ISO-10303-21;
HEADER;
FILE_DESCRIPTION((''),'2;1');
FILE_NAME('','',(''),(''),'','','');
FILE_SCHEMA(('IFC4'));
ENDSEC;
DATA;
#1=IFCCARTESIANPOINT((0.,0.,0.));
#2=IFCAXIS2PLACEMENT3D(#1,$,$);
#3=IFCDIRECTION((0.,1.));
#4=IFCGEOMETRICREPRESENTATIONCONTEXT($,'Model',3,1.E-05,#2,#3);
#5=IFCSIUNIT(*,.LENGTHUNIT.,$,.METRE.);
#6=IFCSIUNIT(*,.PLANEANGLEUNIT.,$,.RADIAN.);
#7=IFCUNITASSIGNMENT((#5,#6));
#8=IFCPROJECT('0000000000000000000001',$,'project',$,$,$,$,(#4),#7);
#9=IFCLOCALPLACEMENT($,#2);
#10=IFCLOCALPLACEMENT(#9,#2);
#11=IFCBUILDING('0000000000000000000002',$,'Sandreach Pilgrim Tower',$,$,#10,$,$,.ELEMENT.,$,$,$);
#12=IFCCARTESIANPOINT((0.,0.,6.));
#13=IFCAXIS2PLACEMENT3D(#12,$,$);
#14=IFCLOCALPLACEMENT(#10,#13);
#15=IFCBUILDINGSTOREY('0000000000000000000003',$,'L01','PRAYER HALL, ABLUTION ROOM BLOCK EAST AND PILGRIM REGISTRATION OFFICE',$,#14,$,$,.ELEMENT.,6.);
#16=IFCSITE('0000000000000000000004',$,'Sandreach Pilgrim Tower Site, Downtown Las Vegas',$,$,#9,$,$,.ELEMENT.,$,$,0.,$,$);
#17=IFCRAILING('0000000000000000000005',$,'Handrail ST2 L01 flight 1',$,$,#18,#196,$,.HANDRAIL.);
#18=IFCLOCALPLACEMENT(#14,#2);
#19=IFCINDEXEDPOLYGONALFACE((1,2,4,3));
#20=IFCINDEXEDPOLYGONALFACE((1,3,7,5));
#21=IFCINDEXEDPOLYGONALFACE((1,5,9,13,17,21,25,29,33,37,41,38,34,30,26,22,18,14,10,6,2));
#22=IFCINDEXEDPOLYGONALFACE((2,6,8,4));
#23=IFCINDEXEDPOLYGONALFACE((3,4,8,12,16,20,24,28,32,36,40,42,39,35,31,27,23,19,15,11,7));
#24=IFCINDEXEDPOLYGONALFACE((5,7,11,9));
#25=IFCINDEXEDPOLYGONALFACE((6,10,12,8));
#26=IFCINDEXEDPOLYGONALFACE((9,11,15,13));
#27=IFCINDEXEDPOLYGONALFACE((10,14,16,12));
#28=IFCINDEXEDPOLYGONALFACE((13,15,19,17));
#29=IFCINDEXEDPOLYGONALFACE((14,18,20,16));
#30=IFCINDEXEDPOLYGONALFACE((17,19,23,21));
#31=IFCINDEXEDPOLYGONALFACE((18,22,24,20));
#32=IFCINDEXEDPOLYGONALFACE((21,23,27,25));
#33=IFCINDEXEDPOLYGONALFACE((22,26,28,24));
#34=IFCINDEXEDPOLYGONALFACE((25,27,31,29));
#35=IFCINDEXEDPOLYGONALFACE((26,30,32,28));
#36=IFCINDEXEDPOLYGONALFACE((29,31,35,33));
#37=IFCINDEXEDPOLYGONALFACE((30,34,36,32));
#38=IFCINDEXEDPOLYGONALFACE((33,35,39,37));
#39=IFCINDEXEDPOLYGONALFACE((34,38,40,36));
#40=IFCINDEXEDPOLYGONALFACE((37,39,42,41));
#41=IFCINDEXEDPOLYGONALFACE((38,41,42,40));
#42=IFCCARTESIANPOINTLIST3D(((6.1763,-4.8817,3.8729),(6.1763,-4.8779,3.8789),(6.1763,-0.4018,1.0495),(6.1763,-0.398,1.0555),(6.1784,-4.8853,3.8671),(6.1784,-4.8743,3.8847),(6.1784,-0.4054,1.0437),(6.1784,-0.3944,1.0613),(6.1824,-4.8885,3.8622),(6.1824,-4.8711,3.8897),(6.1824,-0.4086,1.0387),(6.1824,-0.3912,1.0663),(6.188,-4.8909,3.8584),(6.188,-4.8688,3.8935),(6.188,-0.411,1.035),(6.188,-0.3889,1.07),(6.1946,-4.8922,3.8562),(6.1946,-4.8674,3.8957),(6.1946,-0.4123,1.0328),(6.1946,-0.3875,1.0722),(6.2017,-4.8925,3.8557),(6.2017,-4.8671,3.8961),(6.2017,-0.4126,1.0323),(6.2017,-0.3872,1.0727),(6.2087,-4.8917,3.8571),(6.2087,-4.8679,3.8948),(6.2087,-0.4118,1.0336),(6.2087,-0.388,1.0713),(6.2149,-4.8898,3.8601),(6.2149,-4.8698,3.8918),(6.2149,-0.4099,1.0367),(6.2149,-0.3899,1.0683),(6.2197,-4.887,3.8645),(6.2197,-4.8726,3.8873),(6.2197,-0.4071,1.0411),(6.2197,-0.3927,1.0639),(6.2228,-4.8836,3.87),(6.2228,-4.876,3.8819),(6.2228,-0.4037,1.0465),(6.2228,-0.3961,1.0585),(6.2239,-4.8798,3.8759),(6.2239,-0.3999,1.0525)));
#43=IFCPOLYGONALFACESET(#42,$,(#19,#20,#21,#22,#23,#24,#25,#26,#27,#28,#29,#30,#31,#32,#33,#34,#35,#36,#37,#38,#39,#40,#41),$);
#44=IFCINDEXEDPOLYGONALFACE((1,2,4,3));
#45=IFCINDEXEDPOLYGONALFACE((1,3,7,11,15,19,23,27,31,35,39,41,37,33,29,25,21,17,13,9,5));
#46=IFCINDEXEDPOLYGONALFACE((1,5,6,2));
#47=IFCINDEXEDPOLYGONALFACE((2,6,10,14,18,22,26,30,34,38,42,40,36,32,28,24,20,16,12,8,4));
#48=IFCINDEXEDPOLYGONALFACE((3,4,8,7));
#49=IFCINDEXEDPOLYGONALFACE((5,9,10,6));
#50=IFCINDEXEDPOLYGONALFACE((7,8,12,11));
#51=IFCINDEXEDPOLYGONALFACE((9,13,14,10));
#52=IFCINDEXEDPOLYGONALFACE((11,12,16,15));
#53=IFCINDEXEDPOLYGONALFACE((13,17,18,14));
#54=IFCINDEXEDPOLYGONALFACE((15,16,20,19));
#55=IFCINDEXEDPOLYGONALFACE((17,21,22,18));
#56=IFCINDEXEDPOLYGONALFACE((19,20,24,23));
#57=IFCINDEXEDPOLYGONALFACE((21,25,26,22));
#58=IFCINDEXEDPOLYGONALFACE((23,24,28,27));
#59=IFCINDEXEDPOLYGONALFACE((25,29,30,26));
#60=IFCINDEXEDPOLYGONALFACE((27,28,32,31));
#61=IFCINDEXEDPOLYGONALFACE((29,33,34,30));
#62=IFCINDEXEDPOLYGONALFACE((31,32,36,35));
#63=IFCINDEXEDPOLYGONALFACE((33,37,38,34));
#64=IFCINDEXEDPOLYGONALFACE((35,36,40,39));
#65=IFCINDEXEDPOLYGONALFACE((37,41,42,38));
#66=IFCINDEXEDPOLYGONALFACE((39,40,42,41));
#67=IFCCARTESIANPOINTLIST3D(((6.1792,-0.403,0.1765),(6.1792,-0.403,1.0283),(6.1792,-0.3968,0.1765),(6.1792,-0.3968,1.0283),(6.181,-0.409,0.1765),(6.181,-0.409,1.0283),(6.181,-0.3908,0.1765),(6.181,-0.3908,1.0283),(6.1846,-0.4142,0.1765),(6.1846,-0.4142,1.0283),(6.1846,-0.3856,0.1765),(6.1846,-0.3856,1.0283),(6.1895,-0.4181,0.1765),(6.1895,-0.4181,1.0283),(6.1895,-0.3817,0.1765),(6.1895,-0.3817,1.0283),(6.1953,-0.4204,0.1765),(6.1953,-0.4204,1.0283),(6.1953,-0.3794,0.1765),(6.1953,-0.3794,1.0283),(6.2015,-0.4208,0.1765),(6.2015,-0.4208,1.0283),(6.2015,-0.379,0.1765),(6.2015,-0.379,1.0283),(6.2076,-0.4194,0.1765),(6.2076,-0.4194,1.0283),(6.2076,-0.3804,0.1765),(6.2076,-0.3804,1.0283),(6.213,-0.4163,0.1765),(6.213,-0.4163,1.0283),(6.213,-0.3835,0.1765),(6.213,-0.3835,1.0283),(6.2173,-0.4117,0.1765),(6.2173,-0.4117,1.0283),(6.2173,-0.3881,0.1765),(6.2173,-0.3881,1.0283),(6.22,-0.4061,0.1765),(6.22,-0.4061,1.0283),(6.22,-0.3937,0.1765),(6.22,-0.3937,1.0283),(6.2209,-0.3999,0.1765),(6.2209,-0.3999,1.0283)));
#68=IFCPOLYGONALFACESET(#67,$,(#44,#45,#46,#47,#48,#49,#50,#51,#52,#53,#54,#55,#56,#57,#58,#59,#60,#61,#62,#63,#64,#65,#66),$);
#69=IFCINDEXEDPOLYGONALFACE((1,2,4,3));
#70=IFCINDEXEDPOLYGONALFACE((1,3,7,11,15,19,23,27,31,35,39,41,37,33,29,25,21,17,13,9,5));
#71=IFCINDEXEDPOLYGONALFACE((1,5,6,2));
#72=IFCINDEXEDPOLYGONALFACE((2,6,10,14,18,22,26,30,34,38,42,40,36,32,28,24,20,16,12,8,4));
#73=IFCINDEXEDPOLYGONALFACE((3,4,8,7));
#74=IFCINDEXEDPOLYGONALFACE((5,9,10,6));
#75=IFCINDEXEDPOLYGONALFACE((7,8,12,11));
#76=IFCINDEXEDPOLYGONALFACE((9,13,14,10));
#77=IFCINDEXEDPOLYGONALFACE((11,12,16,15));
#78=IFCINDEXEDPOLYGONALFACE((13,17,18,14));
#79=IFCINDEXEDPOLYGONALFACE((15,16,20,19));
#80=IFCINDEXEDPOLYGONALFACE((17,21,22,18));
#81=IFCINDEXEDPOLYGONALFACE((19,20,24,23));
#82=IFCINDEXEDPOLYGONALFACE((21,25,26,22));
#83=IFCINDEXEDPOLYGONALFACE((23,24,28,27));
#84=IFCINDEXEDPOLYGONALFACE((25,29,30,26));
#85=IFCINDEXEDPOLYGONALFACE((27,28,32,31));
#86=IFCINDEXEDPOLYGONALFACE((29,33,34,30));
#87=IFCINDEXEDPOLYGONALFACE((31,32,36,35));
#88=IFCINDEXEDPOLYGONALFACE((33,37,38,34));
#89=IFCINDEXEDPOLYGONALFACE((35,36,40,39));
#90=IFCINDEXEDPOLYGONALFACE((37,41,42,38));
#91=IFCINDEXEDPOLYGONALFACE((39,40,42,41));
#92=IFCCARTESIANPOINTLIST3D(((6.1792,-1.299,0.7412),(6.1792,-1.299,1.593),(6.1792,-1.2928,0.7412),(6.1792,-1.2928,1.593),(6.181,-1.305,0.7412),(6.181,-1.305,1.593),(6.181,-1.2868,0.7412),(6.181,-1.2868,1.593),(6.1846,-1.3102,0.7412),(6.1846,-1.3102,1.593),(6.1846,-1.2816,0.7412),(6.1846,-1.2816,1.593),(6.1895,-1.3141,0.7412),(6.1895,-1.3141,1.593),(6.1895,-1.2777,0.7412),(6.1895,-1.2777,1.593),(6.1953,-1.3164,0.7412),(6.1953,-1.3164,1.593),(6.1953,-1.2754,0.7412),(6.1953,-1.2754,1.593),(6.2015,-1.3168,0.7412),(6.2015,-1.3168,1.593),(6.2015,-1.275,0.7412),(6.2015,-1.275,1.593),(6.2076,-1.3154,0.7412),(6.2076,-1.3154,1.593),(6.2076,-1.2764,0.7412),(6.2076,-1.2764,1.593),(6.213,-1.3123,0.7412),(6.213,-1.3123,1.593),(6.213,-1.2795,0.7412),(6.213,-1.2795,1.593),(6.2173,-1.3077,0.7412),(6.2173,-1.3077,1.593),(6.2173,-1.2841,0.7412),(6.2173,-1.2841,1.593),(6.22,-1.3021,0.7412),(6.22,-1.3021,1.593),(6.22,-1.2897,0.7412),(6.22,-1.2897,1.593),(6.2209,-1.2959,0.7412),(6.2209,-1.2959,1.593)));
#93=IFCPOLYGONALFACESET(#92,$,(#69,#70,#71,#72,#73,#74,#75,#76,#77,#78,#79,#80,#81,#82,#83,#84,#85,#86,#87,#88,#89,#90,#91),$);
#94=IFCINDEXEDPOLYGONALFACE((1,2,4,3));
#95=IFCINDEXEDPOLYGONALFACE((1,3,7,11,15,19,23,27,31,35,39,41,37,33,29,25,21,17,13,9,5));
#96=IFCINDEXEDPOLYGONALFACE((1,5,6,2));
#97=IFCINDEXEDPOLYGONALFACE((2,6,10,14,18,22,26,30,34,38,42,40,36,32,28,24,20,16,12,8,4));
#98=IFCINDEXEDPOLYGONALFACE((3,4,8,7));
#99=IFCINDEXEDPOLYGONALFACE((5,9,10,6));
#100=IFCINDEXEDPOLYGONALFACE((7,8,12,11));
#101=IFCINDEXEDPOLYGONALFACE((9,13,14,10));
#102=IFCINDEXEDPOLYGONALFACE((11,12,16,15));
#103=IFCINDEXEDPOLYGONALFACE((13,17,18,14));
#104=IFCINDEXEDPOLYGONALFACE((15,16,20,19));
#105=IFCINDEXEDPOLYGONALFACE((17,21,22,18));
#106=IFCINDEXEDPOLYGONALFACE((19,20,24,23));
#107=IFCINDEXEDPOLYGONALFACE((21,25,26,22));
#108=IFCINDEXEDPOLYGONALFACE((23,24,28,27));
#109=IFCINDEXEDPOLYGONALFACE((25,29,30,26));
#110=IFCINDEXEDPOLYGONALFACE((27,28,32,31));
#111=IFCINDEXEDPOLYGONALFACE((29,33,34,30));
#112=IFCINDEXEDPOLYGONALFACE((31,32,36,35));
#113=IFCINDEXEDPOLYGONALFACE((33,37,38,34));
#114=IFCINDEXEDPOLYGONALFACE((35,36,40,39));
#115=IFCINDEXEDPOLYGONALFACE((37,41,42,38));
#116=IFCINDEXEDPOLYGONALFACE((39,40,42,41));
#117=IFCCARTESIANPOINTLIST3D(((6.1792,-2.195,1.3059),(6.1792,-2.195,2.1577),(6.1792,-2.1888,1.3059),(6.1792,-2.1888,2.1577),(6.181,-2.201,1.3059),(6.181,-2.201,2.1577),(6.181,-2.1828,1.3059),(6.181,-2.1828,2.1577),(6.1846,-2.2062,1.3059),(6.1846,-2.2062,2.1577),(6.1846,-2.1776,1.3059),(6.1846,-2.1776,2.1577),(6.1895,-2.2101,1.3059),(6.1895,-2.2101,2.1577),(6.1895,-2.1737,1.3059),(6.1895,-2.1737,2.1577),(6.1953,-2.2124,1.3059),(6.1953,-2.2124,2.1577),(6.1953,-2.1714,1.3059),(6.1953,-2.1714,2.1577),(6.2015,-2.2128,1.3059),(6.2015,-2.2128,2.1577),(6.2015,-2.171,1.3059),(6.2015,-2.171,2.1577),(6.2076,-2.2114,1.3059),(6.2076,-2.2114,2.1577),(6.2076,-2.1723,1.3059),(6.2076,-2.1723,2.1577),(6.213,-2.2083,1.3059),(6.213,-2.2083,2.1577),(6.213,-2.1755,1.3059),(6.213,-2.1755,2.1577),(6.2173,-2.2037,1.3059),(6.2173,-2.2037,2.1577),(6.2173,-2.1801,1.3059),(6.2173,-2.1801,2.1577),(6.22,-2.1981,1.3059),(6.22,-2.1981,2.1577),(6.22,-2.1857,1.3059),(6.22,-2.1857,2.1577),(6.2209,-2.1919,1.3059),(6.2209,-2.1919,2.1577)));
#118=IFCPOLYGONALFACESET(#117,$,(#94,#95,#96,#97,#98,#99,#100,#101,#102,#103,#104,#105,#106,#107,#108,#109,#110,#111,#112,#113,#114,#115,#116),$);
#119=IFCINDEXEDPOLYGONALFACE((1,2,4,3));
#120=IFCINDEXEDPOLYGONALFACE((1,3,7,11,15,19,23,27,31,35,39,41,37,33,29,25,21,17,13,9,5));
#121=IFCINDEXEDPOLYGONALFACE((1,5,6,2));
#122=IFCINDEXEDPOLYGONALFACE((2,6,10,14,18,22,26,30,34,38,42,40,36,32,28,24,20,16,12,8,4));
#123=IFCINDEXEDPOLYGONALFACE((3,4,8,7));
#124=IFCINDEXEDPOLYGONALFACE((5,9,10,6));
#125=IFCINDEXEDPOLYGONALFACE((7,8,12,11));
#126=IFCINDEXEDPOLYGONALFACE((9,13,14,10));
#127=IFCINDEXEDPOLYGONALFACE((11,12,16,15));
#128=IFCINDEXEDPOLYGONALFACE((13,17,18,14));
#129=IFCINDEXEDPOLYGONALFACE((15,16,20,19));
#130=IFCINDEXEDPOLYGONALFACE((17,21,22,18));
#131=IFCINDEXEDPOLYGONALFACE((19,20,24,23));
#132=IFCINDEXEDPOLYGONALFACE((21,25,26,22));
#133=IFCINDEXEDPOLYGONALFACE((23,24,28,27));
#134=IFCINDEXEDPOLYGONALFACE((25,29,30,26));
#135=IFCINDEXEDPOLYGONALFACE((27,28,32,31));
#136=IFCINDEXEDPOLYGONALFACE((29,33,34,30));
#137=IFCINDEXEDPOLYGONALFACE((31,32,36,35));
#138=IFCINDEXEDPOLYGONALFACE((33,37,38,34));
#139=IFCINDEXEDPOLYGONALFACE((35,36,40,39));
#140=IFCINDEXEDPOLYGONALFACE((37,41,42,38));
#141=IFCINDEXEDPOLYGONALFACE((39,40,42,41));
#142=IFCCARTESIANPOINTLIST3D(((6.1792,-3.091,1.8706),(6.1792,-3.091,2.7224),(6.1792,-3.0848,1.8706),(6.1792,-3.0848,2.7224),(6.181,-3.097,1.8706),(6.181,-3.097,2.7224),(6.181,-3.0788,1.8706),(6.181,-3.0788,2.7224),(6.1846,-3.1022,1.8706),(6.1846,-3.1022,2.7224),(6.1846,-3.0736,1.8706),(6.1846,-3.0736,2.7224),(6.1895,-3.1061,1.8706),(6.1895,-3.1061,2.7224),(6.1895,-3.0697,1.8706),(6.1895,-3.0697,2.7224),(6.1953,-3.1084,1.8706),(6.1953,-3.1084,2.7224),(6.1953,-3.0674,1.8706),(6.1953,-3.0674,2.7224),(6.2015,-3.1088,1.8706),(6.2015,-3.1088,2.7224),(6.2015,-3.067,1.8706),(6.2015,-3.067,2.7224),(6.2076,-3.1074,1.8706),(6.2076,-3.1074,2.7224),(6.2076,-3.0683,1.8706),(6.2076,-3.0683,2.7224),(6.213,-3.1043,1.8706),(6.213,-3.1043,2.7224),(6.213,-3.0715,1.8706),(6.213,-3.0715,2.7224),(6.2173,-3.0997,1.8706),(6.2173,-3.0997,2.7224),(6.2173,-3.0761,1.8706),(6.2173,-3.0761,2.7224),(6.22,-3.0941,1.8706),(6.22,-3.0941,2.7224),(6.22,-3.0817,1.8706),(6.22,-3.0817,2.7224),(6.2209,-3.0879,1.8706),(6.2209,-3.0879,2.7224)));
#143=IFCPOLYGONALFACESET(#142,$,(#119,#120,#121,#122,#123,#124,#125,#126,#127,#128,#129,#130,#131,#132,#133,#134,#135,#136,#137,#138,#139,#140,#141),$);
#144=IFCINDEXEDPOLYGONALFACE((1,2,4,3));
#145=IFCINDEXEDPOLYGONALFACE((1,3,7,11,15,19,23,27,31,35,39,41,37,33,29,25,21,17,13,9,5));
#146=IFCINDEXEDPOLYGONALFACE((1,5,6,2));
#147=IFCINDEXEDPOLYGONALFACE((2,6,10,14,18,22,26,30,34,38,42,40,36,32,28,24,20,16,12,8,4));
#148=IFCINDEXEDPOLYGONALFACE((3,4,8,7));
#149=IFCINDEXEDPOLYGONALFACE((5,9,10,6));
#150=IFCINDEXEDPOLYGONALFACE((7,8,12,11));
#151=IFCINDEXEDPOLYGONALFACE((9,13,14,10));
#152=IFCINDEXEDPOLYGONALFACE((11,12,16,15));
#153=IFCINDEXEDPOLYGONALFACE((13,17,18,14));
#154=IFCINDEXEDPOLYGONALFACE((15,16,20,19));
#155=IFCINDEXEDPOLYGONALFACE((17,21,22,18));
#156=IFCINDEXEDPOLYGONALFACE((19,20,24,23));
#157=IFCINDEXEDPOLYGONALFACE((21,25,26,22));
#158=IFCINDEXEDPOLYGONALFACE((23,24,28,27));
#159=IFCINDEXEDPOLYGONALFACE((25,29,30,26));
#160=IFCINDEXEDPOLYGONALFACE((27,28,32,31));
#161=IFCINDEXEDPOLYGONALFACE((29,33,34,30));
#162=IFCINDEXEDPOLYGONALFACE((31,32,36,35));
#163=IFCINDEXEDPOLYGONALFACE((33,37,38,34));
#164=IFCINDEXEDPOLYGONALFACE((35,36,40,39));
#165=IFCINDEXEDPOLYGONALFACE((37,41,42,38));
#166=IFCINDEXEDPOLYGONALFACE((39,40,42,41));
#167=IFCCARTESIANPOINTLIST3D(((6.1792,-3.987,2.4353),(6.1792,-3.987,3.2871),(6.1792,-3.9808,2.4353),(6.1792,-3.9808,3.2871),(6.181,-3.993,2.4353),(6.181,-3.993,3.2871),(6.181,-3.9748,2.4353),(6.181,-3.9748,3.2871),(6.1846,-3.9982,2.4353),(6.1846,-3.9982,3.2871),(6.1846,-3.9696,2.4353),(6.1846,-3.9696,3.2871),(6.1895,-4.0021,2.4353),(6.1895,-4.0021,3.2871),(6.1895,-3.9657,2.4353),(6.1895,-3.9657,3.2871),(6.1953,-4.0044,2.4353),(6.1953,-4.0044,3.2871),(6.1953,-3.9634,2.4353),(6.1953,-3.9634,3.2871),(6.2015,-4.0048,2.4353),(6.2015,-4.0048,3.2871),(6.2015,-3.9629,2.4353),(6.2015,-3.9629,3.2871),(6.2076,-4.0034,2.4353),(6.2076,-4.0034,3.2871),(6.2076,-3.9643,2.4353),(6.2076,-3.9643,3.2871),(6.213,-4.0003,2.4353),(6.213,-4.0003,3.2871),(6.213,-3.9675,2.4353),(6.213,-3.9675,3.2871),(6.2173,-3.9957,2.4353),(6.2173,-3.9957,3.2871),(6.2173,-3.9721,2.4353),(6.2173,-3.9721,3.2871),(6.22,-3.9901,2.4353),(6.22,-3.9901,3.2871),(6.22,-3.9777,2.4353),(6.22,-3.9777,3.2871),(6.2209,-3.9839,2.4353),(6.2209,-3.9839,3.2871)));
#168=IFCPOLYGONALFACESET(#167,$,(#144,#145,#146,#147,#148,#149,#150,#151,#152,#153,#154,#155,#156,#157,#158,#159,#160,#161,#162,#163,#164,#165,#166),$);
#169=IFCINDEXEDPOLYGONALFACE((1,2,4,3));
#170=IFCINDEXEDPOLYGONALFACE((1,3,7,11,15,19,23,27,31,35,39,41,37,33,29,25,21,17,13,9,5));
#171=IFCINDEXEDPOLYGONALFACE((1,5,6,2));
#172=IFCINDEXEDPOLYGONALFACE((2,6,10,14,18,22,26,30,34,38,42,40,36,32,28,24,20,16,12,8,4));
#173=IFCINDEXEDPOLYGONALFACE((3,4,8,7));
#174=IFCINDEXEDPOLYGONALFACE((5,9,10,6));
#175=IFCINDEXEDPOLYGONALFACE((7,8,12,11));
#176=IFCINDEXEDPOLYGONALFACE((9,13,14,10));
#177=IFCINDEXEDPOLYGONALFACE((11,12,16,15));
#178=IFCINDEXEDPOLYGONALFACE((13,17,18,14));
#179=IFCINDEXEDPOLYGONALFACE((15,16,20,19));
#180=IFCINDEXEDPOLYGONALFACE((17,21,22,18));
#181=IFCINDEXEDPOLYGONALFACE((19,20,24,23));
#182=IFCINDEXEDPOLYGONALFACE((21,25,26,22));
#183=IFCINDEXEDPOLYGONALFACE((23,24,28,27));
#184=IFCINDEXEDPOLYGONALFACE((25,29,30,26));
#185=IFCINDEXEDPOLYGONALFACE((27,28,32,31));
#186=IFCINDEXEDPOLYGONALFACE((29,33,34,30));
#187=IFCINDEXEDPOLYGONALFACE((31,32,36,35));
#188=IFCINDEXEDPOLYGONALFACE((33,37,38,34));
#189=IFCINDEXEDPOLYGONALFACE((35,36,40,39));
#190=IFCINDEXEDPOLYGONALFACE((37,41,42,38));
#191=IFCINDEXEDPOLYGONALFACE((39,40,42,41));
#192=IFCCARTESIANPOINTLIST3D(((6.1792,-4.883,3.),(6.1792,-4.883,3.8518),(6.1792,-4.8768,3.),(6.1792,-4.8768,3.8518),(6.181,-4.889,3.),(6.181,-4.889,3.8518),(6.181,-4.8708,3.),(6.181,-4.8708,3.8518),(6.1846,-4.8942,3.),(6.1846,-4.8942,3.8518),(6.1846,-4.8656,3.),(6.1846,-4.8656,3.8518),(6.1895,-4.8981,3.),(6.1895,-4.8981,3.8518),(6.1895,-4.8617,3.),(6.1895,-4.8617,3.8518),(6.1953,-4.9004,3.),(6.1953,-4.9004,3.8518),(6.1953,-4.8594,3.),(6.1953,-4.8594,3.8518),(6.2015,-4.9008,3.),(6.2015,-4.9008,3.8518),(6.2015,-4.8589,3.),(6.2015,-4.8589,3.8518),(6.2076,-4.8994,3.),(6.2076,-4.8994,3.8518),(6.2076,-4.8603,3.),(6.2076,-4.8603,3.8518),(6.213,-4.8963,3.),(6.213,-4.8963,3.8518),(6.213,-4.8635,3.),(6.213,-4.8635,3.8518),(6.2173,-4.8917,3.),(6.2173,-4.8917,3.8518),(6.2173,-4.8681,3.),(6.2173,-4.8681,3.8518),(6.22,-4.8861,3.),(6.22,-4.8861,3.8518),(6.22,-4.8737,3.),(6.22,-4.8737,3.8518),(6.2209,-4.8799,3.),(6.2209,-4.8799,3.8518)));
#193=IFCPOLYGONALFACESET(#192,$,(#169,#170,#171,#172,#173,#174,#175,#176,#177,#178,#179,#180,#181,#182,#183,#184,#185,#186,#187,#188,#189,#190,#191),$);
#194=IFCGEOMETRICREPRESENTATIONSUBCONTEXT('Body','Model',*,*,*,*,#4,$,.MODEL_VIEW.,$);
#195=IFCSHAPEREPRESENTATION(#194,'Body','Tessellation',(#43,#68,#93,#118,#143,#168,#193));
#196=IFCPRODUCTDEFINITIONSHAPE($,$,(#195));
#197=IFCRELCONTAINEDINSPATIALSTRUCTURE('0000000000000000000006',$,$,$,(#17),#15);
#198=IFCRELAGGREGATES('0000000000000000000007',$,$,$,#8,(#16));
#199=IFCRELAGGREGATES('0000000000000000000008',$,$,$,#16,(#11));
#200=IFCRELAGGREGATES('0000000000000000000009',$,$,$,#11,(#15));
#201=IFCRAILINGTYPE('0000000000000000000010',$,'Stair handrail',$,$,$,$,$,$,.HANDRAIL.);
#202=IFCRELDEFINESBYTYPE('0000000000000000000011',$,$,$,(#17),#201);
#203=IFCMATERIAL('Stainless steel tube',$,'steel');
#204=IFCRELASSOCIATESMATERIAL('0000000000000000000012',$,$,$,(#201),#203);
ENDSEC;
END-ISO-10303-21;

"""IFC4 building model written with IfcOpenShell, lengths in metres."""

from ifc_helpers import new_model, si_unit, direction, frame, origin, origin_2d, place, context, subcontext, project, spatial, circle, extrude, material, type_object, element, save


model = new_model("IFC4")

# Units and contexts
model_context = context("Model", 3, precision=1e-05, world=origin(), true_north=direction((0.0, 1.0)))
body_context = subcontext(model_context, "Body", "Model", "MODEL_VIEW")
ifc_project = project(units=[si_unit("LENGTHUNIT", "METRE"), si_unit("PLANEANGLEUNIT", "RADIAN")], contexts=[model_context])

# Site, building, storey
site_placement = place(None, origin())
site = spatial("IfcSite", under=ifc_project, at=site_placement, Name="Sandreach Pilgrim Tower Site, Downtown Las Vegas", CompositionType="ELEMENT", RefElevation=0.0)
building_placement = place(site_placement, origin())
building = spatial("IfcBuilding", under=site, at=building_placement, Name="Sandreach Pilgrim Tower", CompositionType="ELEMENT")
storey_placement = place(building_placement, frame((0.0, 0.0, 6.0)))
storey = spatial("IfcBuildingStorey", under=building, at=storey_placement, Name="L01", Description="PRAYER HALL, ABLUTION ROOM BLOCK EAST AND PILGRIM REGISTRATION OFFICE", CompositionType="ELEMENT", Elevation=6.0)

# Railing
ifc_material_1 = material(Name="Stainless steel tube", Category="steel")
railing_type = type_object("IfcRailingType", Name="Stair handrail", PredefinedType="HANDRAIL", material=ifc_material_1)
for number, where, name in (
    (1, (6.2, -0.3999, 0.1765), "Handrail ST2 L01 flight 1"),
):
    element("IfcRailing", number, at=place(storey_placement, frame(where)), inside=storey, type_object=railing_type, Name=name, PredefinedType="HANDRAIL", context=body_context, shape_type="SweptSolid", body=[
        extrude(circle(Radius=0.0239, at=origin_2d()), frame((0.0, 0.0, 0.876), z_axis=(0.0, -0.845998, 0.533186), x_axis=(1.0, 0.0, 0.0)), (0.0, 0.0, 1.0), 5.2954),
        extrude(circle(Radius=0.021, at=origin_2d()), origin(), (0.0, 0.0, 1.0), 0.8518),
        extrude(circle(Radius=0.021, at=origin_2d()), frame((0.0, -0.896, 0.5647)), (0.0, 0.0, 1.0), 0.8518),
        extrude(circle(Radius=0.021, at=origin_2d()), frame((0.0, -1.792, 1.1294)), (0.0, 0.0, 1.0), 0.8518),
        extrude(circle(Radius=0.021, at=origin_2d()), frame((0.0, -2.688, 1.6941)), (0.0, 0.0, 1.0), 0.8518),
        extrude(circle(Radius=0.021, at=origin_2d()), frame((0.0, -3.584, 2.2588)), (0.0, 0.0, 1.0), 0.8518),
        extrude(circle(Radius=0.021, at=origin_2d()), frame((0.0, -4.48, 2.8235)), (0.0, 0.0, 1.0), 0.8518),
    ])

save(model, "model.ifc")
